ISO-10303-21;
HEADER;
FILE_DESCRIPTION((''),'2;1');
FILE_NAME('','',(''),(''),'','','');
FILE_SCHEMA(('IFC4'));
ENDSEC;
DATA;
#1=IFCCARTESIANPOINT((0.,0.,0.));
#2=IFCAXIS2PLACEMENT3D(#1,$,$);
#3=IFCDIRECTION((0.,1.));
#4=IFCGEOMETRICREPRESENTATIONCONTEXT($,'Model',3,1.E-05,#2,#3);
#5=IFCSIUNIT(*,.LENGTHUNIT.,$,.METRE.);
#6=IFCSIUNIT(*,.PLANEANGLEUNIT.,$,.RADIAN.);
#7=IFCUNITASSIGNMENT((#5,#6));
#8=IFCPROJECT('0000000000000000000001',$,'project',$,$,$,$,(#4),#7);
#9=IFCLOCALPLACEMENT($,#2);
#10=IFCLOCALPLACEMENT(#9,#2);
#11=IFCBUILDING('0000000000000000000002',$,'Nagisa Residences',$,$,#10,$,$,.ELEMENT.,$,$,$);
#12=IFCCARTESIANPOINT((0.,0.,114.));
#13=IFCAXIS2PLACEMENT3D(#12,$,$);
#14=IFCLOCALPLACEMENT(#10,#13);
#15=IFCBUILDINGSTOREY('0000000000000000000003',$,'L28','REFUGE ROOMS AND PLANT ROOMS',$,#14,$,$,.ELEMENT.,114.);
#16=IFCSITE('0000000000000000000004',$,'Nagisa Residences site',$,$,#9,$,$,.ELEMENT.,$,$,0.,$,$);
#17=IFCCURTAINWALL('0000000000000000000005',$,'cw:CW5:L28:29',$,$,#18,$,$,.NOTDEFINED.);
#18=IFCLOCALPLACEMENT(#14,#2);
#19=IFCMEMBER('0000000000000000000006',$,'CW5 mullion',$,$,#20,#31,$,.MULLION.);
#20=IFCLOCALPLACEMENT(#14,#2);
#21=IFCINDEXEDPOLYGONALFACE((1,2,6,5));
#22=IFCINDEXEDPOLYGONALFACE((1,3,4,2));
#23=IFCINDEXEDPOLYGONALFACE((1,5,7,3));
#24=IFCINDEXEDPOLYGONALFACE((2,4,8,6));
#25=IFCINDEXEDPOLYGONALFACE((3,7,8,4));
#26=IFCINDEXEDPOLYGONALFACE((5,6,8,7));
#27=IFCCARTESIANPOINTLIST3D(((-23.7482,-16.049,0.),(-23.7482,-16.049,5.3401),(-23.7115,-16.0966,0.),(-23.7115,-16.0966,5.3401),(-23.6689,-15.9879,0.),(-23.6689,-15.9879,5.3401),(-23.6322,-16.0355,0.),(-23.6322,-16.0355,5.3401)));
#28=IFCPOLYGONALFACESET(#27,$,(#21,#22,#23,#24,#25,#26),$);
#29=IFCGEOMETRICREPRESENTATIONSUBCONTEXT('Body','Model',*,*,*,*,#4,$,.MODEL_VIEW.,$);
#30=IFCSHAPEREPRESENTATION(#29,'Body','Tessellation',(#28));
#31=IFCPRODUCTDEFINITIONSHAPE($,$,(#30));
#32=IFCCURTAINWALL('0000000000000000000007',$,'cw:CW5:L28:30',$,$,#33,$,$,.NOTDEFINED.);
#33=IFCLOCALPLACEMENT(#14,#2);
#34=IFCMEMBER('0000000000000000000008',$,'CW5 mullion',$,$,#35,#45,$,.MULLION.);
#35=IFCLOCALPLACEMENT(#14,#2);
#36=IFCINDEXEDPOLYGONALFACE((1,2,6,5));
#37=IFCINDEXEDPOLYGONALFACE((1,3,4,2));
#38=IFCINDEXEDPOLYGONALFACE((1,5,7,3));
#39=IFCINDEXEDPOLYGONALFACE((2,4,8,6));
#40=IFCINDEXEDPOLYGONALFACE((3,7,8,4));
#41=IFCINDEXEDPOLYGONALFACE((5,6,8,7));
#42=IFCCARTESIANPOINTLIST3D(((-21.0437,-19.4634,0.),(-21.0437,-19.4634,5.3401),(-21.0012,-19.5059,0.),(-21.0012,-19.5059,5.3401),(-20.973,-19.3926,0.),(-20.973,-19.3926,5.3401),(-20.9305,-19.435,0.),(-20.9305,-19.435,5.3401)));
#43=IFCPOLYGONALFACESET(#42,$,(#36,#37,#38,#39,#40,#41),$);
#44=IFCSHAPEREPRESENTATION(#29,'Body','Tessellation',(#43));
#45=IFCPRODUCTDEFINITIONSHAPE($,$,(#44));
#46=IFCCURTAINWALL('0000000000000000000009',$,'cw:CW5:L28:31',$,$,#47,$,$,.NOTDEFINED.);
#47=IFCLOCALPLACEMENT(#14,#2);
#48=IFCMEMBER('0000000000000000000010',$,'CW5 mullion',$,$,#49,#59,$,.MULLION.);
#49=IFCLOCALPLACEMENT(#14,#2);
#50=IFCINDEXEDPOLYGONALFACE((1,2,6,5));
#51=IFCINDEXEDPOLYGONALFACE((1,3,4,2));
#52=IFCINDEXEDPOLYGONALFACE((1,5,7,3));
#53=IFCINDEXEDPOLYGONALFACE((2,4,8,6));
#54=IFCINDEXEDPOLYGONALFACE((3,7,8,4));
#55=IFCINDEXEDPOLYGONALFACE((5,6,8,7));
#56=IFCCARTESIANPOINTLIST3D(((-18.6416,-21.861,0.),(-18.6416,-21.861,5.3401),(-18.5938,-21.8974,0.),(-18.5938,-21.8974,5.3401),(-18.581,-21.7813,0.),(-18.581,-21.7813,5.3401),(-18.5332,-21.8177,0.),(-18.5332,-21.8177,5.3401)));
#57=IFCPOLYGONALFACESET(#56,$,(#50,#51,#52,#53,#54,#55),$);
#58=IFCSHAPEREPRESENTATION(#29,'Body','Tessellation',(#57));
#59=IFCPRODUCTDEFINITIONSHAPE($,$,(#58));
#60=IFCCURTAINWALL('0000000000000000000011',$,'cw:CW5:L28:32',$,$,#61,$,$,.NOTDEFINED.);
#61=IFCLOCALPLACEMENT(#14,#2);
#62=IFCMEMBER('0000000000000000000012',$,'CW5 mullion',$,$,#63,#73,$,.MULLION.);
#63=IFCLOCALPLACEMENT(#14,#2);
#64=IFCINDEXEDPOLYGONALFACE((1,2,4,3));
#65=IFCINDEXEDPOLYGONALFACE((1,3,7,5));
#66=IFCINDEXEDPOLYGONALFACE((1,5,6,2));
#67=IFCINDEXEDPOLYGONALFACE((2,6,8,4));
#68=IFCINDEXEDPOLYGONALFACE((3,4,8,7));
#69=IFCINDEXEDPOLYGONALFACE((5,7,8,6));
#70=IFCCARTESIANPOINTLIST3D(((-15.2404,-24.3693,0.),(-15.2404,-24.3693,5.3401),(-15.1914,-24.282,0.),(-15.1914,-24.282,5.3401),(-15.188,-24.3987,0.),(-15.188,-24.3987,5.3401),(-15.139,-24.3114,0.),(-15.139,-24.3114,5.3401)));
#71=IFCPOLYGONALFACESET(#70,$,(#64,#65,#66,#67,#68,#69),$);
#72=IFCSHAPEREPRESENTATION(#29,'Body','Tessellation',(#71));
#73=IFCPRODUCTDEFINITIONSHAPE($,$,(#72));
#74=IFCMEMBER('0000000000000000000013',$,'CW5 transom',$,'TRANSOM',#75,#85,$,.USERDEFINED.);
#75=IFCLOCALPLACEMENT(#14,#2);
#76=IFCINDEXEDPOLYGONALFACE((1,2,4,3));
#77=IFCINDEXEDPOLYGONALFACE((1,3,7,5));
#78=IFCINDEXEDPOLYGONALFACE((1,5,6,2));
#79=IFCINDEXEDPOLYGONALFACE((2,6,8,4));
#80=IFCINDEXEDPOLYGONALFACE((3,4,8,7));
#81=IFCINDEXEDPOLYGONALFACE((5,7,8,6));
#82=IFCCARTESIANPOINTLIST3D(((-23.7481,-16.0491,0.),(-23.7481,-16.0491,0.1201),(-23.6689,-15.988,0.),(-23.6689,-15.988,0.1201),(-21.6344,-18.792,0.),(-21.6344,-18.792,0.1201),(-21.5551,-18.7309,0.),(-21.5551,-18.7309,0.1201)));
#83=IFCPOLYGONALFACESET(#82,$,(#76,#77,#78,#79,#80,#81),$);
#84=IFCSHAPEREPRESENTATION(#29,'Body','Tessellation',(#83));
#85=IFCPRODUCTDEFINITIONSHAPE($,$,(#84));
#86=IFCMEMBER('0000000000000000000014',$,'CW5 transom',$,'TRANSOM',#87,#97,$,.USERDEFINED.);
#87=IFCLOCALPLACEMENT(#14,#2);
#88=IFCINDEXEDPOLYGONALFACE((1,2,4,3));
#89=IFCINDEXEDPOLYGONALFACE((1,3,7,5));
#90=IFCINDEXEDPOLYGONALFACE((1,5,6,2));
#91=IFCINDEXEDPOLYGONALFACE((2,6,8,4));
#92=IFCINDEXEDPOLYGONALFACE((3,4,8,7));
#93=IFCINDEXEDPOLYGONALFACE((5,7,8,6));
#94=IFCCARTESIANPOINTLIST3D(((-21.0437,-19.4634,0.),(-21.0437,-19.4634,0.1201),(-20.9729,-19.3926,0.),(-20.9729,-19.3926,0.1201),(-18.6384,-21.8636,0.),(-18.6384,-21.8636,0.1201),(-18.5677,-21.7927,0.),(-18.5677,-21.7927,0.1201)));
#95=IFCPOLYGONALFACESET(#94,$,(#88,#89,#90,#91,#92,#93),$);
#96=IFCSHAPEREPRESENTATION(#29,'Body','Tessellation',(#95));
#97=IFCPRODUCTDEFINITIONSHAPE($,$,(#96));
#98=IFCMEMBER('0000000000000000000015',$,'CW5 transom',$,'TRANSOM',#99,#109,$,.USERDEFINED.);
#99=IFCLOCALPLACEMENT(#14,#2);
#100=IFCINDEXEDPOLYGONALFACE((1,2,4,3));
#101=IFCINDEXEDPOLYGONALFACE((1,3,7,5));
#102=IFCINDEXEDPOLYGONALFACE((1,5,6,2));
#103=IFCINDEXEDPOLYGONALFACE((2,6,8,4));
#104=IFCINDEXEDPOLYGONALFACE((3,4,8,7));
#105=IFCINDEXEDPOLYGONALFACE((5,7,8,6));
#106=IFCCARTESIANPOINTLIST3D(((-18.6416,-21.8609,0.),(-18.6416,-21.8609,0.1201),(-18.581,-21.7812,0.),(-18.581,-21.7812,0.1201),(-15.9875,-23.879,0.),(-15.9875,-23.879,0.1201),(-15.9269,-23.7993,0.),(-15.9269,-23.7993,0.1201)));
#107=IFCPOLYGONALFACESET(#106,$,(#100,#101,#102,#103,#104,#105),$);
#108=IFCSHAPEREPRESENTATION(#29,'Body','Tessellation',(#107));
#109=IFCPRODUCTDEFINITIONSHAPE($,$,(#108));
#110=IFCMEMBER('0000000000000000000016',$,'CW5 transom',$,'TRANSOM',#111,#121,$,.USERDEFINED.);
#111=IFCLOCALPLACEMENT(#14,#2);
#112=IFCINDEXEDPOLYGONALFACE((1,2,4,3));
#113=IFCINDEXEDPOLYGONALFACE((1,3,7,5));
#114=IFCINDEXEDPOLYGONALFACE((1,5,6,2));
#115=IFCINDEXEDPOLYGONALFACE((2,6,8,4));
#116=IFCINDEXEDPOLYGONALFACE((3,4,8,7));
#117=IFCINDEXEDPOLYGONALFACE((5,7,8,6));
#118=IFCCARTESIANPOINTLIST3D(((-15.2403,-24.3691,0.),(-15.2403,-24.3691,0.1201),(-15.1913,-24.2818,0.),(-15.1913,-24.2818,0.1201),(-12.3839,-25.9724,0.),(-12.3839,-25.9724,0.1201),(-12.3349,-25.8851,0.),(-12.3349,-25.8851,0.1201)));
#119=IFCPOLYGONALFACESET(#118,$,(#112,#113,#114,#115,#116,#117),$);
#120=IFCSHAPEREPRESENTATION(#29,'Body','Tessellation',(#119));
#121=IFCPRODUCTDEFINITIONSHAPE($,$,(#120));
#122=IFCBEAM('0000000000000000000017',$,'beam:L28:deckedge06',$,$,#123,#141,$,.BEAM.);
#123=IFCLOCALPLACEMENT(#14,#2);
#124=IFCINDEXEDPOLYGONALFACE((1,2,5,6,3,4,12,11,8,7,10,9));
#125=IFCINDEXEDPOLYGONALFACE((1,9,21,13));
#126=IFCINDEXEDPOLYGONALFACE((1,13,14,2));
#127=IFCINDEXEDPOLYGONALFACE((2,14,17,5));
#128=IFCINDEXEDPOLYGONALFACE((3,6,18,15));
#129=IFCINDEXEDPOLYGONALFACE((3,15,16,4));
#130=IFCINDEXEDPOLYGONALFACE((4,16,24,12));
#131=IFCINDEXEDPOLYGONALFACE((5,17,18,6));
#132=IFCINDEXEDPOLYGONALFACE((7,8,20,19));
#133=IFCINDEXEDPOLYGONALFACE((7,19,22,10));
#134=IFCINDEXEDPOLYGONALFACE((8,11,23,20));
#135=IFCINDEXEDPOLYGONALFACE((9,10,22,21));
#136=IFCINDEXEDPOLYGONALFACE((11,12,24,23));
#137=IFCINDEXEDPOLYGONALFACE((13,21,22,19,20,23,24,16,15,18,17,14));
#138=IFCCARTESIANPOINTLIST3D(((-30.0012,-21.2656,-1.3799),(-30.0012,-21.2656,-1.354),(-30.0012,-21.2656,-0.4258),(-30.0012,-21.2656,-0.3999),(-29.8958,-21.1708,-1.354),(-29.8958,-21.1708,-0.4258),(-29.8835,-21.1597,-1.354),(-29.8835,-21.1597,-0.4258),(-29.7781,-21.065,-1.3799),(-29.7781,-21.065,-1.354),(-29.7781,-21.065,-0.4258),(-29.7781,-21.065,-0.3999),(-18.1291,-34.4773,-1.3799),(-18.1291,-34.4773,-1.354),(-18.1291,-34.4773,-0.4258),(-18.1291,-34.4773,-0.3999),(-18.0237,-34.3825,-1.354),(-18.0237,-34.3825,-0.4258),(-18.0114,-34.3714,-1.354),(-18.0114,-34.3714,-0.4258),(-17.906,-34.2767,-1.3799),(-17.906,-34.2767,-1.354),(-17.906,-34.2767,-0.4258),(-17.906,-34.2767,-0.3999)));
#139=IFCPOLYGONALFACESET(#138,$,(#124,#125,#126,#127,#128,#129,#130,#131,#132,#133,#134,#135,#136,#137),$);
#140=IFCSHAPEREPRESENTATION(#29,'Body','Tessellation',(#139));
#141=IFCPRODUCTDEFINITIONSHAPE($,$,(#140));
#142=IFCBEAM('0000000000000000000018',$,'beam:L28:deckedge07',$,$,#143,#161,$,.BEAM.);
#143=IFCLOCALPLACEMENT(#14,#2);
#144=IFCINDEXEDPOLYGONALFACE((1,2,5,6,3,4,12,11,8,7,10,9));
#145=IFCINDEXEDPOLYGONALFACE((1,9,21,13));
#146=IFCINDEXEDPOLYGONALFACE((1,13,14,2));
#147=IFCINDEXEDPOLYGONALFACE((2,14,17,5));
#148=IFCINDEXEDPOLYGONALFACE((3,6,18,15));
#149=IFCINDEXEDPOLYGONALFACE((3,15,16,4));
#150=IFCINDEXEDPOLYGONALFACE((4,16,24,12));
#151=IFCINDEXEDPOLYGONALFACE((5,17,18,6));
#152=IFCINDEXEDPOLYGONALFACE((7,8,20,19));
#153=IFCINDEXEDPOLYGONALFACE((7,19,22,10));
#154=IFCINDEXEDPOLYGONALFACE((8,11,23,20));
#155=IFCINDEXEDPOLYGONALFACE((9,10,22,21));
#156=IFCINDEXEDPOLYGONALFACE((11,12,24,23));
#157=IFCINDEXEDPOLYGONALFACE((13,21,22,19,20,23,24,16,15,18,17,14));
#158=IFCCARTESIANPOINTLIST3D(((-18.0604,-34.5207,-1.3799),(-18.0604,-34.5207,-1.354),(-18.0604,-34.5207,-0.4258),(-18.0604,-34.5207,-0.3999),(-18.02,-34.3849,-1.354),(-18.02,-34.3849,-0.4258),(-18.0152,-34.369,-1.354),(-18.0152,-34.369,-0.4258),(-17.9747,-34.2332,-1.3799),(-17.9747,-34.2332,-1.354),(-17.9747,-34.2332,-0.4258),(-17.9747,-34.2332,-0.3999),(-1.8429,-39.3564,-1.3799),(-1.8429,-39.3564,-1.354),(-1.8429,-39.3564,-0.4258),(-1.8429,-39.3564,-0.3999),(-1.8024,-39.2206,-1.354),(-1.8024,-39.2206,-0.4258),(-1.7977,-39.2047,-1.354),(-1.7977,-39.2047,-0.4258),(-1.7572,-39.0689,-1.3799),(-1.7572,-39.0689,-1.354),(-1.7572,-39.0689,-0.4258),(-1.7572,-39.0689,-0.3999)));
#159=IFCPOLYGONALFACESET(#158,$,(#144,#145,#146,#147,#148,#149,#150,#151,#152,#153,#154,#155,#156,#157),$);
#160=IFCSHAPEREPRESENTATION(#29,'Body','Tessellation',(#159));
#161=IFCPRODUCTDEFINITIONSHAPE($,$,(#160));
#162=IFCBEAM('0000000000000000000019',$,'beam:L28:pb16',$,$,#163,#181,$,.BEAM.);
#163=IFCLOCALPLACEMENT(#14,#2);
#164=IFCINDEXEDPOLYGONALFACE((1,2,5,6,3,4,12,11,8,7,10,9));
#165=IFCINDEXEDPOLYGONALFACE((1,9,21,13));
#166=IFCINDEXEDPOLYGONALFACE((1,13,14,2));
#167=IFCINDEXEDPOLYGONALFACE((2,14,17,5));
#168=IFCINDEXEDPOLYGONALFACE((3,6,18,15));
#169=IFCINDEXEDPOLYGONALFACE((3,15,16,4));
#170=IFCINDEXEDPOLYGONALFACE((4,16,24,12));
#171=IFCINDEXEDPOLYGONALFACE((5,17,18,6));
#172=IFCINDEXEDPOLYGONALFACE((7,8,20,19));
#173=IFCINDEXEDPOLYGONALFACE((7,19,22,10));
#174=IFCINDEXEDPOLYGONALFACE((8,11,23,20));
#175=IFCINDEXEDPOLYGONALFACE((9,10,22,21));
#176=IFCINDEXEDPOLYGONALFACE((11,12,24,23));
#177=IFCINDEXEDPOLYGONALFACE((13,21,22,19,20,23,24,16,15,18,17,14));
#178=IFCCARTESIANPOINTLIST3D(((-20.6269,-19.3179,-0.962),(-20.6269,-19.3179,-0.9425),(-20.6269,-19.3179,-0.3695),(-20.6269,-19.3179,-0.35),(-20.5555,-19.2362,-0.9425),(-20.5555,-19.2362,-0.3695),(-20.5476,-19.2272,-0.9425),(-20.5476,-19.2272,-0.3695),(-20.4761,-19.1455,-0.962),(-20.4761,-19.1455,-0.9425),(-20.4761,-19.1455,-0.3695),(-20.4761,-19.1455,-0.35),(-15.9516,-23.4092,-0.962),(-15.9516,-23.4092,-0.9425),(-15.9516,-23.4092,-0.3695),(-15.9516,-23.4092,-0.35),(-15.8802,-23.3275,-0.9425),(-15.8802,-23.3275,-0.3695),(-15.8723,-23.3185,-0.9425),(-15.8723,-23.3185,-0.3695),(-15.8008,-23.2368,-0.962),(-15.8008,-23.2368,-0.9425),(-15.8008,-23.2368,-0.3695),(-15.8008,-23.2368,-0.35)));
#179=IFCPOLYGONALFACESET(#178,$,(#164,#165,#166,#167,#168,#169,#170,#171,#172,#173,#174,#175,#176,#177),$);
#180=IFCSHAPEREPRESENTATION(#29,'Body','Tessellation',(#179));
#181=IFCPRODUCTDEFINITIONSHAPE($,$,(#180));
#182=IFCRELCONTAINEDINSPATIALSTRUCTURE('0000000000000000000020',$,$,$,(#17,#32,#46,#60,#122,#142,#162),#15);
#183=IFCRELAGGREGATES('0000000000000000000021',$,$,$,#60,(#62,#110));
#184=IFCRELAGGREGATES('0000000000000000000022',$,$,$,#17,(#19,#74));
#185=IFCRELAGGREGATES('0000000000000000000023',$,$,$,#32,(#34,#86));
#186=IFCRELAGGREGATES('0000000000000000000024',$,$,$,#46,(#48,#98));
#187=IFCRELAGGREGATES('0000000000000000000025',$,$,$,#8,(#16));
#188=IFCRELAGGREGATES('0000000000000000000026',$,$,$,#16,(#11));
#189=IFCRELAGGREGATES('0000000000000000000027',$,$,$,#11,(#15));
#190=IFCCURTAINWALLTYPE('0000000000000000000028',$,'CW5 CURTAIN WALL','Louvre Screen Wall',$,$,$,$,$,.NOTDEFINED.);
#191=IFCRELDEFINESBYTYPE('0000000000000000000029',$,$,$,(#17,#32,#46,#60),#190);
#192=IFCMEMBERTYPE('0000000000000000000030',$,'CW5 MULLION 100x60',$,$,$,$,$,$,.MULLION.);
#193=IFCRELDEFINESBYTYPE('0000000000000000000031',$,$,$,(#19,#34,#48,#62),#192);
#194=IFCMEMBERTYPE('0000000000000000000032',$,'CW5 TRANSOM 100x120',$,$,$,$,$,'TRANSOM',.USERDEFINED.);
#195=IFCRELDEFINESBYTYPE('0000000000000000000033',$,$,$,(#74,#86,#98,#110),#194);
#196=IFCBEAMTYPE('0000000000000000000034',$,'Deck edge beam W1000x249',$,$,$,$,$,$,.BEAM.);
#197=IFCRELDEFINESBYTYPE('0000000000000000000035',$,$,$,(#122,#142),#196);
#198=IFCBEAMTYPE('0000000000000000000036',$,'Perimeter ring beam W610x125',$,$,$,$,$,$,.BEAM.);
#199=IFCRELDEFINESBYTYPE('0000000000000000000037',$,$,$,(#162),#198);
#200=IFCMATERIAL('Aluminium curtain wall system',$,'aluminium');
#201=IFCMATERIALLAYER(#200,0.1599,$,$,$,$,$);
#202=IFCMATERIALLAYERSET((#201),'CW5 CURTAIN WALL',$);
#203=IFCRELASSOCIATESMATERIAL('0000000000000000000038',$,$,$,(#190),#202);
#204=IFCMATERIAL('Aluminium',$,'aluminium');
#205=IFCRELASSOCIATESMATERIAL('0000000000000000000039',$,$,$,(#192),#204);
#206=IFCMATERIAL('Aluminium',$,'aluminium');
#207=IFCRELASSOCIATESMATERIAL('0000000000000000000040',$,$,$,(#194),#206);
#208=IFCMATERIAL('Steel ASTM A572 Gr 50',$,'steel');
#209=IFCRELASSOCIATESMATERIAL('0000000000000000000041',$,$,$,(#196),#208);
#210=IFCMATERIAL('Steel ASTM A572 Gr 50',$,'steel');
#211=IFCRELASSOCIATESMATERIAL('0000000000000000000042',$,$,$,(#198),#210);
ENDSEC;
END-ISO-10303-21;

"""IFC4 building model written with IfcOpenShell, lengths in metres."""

from ifc_helpers import new_model, si_unit, direction, frame, origin, origin_2d, place, context, subcontext, project, spatial, rectangle, i_section, extrude, material, layer, layer_set, material_profile, profile_set, type_object, element, aggregate, save


model = new_model("IFC4")

# Units and contexts
model_context = context("Model", 3, precision=1e-05, world=origin(), true_north=direction((0.0, 1.0)))
body_context = subcontext(model_context, "Body", "Model", "MODEL_VIEW")
ifc_project = project(units=[si_unit("LENGTHUNIT", "METRE"), si_unit("PLANEANGLEUNIT", "RADIAN")], contexts=[model_context])

# Site, building, storey
site_placement = place(None, origin())
site = spatial("IfcSite", under=ifc_project, at=site_placement, Name="Nagisa Residences site", CompositionType="ELEMENT", RefElevation=0.0)
building_placement = place(site_placement, origin())
building = spatial("IfcBuilding", under=site, at=building_placement, Name="Nagisa Residences", CompositionType="ELEMENT")
storey_placement = place(building_placement, frame((0.0, 0.0, 114.0)))
storey = spatial("IfcBuildingStorey", under=building, at=storey_placement, Name="L28", Description="REFUGE ROOMS AND PLANT ROOMS", CompositionType="ELEMENT", Elevation=114.0)

# Curtain walls, members
ifc_material_1 = material(Name="Aluminium curtain wall system", Category="aluminium")
ifc_layer_1 = layer(ifc_material_1, 0.1599)
ifc_layer_set_1 = layer_set([ifc_layer_1], Name="CW5 CURTAIN WALL")
curtain_wall_type = type_object("IfcCurtainWallType", Name="CW5 CURTAIN WALL", Description="Louvre Screen Wall", PredefinedType="NOTDEFINED", material=ifc_layer_set_1)
curtain_wall_1_placement = place(storey_placement, origin())
curtain_wall_1 = element("IfcCurtainWall", 1, at=curtain_wall_1_placement, inside=storey, type_object=curtain_wall_type, Name="cw:CW5:L28:29", PredefinedType="NOTDEFINED")
ifc_material_2 = material(Name="Aluminium", Category="aluminium")
ifc_material_profile_1 = material_profile(ifc_material_2, rectangle(XDim=0.1001, YDim=0.0601, at=origin_2d()), Name="CW5 MULLION 100x60")
ifc_profile_set_1 = profile_set([ifc_material_profile_1], Name="Aluminium")
member_type_1 = type_object("IfcMemberType", Name="CW5 MULLION 100x60", PredefinedType="MULLION", material=ifc_profile_set_1)
member_1_placement = place(storey_placement, frame((-23.6902, -16.0422, 0.0), z_axis=(0.0, 0.0, 1.0), x_axis=(0.79207, 0.61043, 0.0)))
member_1 = element("IfcMember", 2, at=member_1_placement, type_object=member_type_1, Name="CW5 mullion", PredefinedType="MULLION", context=body_context, shape_type="SweptSolid", body=[
    extrude(rectangle(XDim=0.1001, YDim=0.0601, at=origin_2d()), origin(), (0.0, 0.0, 1.0), 5.3401),
])
curtain_wall_2_placement = place(storey_placement, origin())
curtain_wall_2 = element("IfcCurtainWall", 3, at=curtain_wall_2_placement, inside=storey, type_object=curtain_wall_type, Name="cw:CW5:L28:30", PredefinedType="NOTDEFINED")
member_2_placement = place(storey_placement, frame((-20.9871, -19.4492, 0.0), z_axis=(0.0, 0.0, 1.0), x_axis=(0.706377, 0.707836, 0.0)))
member_2 = element("IfcMember", 4, at=member_2_placement, type_object=member_type_1, Name="CW5 mullion", PredefinedType="MULLION", context=body_context, shape_type="SweptSolid", body=[
    extrude(rectangle(XDim=0.1001, YDim=0.0601, at=origin_2d()), origin(), (0.0, 0.0, 1.0), 5.3401),
])
curtain_wall_3_placement = place(storey_placement, origin())
curtain_wall_3 = element("IfcCurtainWall", 5, at=curtain_wall_3_placement, inside=storey, type_object=curtain_wall_type, Name="cw:CW5:L28:31", PredefinedType="NOTDEFINED")
member_3_placement = place(storey_placement, frame((-18.5874, -21.8394, 0.0), z_axis=(0.0, 0.0, 1.0), x_axis=(0.605255, 0.796031, 0.0)))
member_3 = element("IfcMember", 6, at=member_3_placement, type_object=member_type_1, Name="CW5 mullion", PredefinedType="MULLION", context=body_context, shape_type="SweptSolid", body=[
    extrude(rectangle(XDim=0.1001, YDim=0.0601, at=origin_2d()), origin(), (0.0, 0.0, 1.0), 5.3401),
])
curtain_wall_4_placement = place(storey_placement, origin())
curtain_wall_4 = element("IfcCurtainWall", 7, at=curtain_wall_4_placement, inside=storey, type_object=curtain_wall_type, Name="cw:CW5:L28:32", PredefinedType="NOTDEFINED")
member_4_placement = place(storey_placement, frame((-15.1897, -24.3403, 0.0), z_axis=(0.0, 0.0, 1.0), x_axis=(0.489377, 0.872072, 0.0)))
member_4 = element("IfcMember", 8, at=member_4_placement, type_object=member_type_1, Name="CW5 mullion", PredefinedType="MULLION", context=body_context, shape_type="SweptSolid", body=[
    extrude(rectangle(XDim=0.1001, YDim=0.0601, at=origin_2d()), origin(), (0.0, 0.0, 1.0), 5.3401),
])

# Members
ifc_material_3 = material(Name="Aluminium", Category="aluminium")
ifc_material_profile_2 = material_profile(ifc_material_3, rectangle(XDim=0.1001, YDim=0.1201, at=origin_2d()), Name="CW5 TRANSOM 100x120")
ifc_profile_set_2 = profile_set([ifc_material_profile_2], Name="Aluminium")
member_type_2 = type_object("IfcMemberType", Name="CW5 TRANSOM 100x120", ElementType="TRANSOM", PredefinedType="USERDEFINED", material=ifc_profile_set_2)
member_5_placement = place(storey_placement, frame((-23.7085, -16.0186, 0.0601), z_axis=(0.610406, -0.792089, 0.0), x_axis=(0.792089, 0.610406, 0.0)))
member_5 = element("IfcMember", 9, at=member_5_placement, type_object=member_type_2, Name="CW5 transom", ObjectType="TRANSOM", PredefinedType="USERDEFINED", context=body_context, shape_type="SweptSolid", body=[
    extrude(rectangle(XDim=0.1001, YDim=0.1201, at=origin_2d()), origin(), (0.0, 0.0, 1.0), 3.4629),
])
member_6_placement = place(storey_placement, frame((-21.0083, -19.428, 0.0601), z_axis=(0.707861, -0.706352, 0.0), x_axis=(0.706352, 0.707861, 0.0)))
member_6 = element("IfcMember", 10, at=member_6_placement, type_object=member_type_2, Name="CW5 transom", ObjectType="TRANSOM", PredefinedType="USERDEFINED", context=body_context, shape_type="SweptSolid", body=[
    extrude(rectangle(XDim=0.1001, YDim=0.1201, at=origin_2d()), origin(), (0.0, 0.0, 1.0), 3.3979),
])
member_7_placement = place(storey_placement, frame((-18.6113, -21.821, 0.0601), z_axis=(0.79602, -0.605271, 0.0), x_axis=(0.605271, 0.79602, 0.0)))
member_7 = element("IfcMember", 11, at=member_7_placement, type_object=member_type_2, Name="CW5 transom", ObjectType="TRANSOM", PredefinedType="USERDEFINED", context=body_context, shape_type="SweptSolid", body=[
    extrude(rectangle(XDim=0.1001, YDim=0.1201, at=origin_2d()), origin(), (0.0, 0.0, 1.0), 3.3342),
])
member_8_placement = place(storey_placement, frame((-15.2158, -24.3254, 0.0601), z_axis=(0.872029, -0.489454, 0.0), x_axis=(0.489454, 0.872029, 0.0)))
member_8 = element("IfcMember", 12, at=member_8_placement, type_object=member_type_2, Name="CW5 transom", ObjectType="TRANSOM", PredefinedType="USERDEFINED", context=body_context, shape_type="SweptSolid", body=[
    extrude(rectangle(XDim=0.1001, YDim=0.1201, at=origin_2d()), origin(), (0.0, 0.0, 1.0), 3.2756),
])
aggregate(curtain_wall_4, [member_4, member_8])

# Beams
ifc_material_4 = material(Name="Steel ASTM A572 Gr 50", Category="steel")
ifc_material_profile_3 = material_profile(ifc_material_4, i_section(OverallWidth=0.3, OverallDepth=0.98, WebThickness=0.0166, FlangeThickness=0.0259, at=origin_2d()), Name="W1000x249")
ifc_profile_set_3 = profile_set([ifc_material_profile_3], Name="Steel ASTM A572 Gr 50")
beam_type_1 = type_object("IfcBeamType", Name="Deck edge beam W1000x249", PredefinedType="BEAM", material=ifc_profile_set_3)
beam_1_placement = place(storey_placement, frame((-29.8896, -21.1653, -0.8899), z_axis=(0.668391, -0.74381, 0.0), x_axis=(0.74381, 0.668391, 0.0)))
element("IfcBeam", 13, at=beam_1_placement, inside=storey, type_object=beam_type_1, Name="beam:L28:deckedge06", PredefinedType="BEAM", context=body_context, shape_type="SweptSolid", body=[
    extrude(i_section(OverallWidth=0.3, OverallDepth=0.98, WebThickness=0.0166, FlangeThickness=0.0259, at=origin_2d()), origin(), (0.0, 0.0, 1.0), 17.7622),
])
beam_2_placement = place(storey_placement, frame((-18.0176, -34.377, -0.8899), z_axis=(0.958306, -0.285745, 0.0), x_axis=(0.285745, 0.958306, 0.0)))
element("IfcBeam", 14, at=beam_2_placement, inside=storey, type_object=beam_type_1, Name="beam:L28:deckedge07", PredefinedType="BEAM", context=body_context, shape_type="SweptSolid", body=[
    extrude(i_section(OverallWidth=0.3, OverallDepth=0.98, WebThickness=0.0166, FlangeThickness=0.0259, at=origin_2d()), origin(), (0.0, 0.0, 1.0), 16.9231),
])
ifc_material_5 = material(Name="Steel ASTM A572 Gr 50", Category="steel")
ifc_material_profile_4 = material_profile(ifc_material_5, i_section(OverallWidth=0.229, OverallDepth=0.6121, WebThickness=0.012, FlangeThickness=0.0195, at=origin_2d()), Name="W610x125")
ifc_profile_set_4 = profile_set([ifc_material_profile_4], Name="Steel ASTM A572 Gr 50")
beam_type_2 = type_object("IfcBeamType", Name="Perimeter ring beam W610x125", PredefinedType="BEAM", material=ifc_profile_set_4)
beam_3_placement = place(storey_placement, frame((-20.5515, -19.2317, -0.656), z_axis=(0.752543, -0.658544, 0.0), x_axis=(0.658544, 0.752543, 0.0)))
element("IfcBeam", 15, at=beam_3_placement, inside=storey, type_object=beam_type_2, Name="beam:L28:pb16", PredefinedType="BEAM", context=body_context, shape_type="SweptSolid", body=[
    extrude(i_section(OverallWidth=0.229, OverallDepth=0.6121, WebThickness=0.012, FlangeThickness=0.0195, at=origin_2d()), origin(), (0.0, 0.0, 1.0), 6.2126),
])

aggregate(curtain_wall_1, [member_1, member_5])
aggregate(curtain_wall_2, [member_2, member_6])
aggregate(curtain_wall_3, [member_3, member_7])

save(model, "model.ifc")
